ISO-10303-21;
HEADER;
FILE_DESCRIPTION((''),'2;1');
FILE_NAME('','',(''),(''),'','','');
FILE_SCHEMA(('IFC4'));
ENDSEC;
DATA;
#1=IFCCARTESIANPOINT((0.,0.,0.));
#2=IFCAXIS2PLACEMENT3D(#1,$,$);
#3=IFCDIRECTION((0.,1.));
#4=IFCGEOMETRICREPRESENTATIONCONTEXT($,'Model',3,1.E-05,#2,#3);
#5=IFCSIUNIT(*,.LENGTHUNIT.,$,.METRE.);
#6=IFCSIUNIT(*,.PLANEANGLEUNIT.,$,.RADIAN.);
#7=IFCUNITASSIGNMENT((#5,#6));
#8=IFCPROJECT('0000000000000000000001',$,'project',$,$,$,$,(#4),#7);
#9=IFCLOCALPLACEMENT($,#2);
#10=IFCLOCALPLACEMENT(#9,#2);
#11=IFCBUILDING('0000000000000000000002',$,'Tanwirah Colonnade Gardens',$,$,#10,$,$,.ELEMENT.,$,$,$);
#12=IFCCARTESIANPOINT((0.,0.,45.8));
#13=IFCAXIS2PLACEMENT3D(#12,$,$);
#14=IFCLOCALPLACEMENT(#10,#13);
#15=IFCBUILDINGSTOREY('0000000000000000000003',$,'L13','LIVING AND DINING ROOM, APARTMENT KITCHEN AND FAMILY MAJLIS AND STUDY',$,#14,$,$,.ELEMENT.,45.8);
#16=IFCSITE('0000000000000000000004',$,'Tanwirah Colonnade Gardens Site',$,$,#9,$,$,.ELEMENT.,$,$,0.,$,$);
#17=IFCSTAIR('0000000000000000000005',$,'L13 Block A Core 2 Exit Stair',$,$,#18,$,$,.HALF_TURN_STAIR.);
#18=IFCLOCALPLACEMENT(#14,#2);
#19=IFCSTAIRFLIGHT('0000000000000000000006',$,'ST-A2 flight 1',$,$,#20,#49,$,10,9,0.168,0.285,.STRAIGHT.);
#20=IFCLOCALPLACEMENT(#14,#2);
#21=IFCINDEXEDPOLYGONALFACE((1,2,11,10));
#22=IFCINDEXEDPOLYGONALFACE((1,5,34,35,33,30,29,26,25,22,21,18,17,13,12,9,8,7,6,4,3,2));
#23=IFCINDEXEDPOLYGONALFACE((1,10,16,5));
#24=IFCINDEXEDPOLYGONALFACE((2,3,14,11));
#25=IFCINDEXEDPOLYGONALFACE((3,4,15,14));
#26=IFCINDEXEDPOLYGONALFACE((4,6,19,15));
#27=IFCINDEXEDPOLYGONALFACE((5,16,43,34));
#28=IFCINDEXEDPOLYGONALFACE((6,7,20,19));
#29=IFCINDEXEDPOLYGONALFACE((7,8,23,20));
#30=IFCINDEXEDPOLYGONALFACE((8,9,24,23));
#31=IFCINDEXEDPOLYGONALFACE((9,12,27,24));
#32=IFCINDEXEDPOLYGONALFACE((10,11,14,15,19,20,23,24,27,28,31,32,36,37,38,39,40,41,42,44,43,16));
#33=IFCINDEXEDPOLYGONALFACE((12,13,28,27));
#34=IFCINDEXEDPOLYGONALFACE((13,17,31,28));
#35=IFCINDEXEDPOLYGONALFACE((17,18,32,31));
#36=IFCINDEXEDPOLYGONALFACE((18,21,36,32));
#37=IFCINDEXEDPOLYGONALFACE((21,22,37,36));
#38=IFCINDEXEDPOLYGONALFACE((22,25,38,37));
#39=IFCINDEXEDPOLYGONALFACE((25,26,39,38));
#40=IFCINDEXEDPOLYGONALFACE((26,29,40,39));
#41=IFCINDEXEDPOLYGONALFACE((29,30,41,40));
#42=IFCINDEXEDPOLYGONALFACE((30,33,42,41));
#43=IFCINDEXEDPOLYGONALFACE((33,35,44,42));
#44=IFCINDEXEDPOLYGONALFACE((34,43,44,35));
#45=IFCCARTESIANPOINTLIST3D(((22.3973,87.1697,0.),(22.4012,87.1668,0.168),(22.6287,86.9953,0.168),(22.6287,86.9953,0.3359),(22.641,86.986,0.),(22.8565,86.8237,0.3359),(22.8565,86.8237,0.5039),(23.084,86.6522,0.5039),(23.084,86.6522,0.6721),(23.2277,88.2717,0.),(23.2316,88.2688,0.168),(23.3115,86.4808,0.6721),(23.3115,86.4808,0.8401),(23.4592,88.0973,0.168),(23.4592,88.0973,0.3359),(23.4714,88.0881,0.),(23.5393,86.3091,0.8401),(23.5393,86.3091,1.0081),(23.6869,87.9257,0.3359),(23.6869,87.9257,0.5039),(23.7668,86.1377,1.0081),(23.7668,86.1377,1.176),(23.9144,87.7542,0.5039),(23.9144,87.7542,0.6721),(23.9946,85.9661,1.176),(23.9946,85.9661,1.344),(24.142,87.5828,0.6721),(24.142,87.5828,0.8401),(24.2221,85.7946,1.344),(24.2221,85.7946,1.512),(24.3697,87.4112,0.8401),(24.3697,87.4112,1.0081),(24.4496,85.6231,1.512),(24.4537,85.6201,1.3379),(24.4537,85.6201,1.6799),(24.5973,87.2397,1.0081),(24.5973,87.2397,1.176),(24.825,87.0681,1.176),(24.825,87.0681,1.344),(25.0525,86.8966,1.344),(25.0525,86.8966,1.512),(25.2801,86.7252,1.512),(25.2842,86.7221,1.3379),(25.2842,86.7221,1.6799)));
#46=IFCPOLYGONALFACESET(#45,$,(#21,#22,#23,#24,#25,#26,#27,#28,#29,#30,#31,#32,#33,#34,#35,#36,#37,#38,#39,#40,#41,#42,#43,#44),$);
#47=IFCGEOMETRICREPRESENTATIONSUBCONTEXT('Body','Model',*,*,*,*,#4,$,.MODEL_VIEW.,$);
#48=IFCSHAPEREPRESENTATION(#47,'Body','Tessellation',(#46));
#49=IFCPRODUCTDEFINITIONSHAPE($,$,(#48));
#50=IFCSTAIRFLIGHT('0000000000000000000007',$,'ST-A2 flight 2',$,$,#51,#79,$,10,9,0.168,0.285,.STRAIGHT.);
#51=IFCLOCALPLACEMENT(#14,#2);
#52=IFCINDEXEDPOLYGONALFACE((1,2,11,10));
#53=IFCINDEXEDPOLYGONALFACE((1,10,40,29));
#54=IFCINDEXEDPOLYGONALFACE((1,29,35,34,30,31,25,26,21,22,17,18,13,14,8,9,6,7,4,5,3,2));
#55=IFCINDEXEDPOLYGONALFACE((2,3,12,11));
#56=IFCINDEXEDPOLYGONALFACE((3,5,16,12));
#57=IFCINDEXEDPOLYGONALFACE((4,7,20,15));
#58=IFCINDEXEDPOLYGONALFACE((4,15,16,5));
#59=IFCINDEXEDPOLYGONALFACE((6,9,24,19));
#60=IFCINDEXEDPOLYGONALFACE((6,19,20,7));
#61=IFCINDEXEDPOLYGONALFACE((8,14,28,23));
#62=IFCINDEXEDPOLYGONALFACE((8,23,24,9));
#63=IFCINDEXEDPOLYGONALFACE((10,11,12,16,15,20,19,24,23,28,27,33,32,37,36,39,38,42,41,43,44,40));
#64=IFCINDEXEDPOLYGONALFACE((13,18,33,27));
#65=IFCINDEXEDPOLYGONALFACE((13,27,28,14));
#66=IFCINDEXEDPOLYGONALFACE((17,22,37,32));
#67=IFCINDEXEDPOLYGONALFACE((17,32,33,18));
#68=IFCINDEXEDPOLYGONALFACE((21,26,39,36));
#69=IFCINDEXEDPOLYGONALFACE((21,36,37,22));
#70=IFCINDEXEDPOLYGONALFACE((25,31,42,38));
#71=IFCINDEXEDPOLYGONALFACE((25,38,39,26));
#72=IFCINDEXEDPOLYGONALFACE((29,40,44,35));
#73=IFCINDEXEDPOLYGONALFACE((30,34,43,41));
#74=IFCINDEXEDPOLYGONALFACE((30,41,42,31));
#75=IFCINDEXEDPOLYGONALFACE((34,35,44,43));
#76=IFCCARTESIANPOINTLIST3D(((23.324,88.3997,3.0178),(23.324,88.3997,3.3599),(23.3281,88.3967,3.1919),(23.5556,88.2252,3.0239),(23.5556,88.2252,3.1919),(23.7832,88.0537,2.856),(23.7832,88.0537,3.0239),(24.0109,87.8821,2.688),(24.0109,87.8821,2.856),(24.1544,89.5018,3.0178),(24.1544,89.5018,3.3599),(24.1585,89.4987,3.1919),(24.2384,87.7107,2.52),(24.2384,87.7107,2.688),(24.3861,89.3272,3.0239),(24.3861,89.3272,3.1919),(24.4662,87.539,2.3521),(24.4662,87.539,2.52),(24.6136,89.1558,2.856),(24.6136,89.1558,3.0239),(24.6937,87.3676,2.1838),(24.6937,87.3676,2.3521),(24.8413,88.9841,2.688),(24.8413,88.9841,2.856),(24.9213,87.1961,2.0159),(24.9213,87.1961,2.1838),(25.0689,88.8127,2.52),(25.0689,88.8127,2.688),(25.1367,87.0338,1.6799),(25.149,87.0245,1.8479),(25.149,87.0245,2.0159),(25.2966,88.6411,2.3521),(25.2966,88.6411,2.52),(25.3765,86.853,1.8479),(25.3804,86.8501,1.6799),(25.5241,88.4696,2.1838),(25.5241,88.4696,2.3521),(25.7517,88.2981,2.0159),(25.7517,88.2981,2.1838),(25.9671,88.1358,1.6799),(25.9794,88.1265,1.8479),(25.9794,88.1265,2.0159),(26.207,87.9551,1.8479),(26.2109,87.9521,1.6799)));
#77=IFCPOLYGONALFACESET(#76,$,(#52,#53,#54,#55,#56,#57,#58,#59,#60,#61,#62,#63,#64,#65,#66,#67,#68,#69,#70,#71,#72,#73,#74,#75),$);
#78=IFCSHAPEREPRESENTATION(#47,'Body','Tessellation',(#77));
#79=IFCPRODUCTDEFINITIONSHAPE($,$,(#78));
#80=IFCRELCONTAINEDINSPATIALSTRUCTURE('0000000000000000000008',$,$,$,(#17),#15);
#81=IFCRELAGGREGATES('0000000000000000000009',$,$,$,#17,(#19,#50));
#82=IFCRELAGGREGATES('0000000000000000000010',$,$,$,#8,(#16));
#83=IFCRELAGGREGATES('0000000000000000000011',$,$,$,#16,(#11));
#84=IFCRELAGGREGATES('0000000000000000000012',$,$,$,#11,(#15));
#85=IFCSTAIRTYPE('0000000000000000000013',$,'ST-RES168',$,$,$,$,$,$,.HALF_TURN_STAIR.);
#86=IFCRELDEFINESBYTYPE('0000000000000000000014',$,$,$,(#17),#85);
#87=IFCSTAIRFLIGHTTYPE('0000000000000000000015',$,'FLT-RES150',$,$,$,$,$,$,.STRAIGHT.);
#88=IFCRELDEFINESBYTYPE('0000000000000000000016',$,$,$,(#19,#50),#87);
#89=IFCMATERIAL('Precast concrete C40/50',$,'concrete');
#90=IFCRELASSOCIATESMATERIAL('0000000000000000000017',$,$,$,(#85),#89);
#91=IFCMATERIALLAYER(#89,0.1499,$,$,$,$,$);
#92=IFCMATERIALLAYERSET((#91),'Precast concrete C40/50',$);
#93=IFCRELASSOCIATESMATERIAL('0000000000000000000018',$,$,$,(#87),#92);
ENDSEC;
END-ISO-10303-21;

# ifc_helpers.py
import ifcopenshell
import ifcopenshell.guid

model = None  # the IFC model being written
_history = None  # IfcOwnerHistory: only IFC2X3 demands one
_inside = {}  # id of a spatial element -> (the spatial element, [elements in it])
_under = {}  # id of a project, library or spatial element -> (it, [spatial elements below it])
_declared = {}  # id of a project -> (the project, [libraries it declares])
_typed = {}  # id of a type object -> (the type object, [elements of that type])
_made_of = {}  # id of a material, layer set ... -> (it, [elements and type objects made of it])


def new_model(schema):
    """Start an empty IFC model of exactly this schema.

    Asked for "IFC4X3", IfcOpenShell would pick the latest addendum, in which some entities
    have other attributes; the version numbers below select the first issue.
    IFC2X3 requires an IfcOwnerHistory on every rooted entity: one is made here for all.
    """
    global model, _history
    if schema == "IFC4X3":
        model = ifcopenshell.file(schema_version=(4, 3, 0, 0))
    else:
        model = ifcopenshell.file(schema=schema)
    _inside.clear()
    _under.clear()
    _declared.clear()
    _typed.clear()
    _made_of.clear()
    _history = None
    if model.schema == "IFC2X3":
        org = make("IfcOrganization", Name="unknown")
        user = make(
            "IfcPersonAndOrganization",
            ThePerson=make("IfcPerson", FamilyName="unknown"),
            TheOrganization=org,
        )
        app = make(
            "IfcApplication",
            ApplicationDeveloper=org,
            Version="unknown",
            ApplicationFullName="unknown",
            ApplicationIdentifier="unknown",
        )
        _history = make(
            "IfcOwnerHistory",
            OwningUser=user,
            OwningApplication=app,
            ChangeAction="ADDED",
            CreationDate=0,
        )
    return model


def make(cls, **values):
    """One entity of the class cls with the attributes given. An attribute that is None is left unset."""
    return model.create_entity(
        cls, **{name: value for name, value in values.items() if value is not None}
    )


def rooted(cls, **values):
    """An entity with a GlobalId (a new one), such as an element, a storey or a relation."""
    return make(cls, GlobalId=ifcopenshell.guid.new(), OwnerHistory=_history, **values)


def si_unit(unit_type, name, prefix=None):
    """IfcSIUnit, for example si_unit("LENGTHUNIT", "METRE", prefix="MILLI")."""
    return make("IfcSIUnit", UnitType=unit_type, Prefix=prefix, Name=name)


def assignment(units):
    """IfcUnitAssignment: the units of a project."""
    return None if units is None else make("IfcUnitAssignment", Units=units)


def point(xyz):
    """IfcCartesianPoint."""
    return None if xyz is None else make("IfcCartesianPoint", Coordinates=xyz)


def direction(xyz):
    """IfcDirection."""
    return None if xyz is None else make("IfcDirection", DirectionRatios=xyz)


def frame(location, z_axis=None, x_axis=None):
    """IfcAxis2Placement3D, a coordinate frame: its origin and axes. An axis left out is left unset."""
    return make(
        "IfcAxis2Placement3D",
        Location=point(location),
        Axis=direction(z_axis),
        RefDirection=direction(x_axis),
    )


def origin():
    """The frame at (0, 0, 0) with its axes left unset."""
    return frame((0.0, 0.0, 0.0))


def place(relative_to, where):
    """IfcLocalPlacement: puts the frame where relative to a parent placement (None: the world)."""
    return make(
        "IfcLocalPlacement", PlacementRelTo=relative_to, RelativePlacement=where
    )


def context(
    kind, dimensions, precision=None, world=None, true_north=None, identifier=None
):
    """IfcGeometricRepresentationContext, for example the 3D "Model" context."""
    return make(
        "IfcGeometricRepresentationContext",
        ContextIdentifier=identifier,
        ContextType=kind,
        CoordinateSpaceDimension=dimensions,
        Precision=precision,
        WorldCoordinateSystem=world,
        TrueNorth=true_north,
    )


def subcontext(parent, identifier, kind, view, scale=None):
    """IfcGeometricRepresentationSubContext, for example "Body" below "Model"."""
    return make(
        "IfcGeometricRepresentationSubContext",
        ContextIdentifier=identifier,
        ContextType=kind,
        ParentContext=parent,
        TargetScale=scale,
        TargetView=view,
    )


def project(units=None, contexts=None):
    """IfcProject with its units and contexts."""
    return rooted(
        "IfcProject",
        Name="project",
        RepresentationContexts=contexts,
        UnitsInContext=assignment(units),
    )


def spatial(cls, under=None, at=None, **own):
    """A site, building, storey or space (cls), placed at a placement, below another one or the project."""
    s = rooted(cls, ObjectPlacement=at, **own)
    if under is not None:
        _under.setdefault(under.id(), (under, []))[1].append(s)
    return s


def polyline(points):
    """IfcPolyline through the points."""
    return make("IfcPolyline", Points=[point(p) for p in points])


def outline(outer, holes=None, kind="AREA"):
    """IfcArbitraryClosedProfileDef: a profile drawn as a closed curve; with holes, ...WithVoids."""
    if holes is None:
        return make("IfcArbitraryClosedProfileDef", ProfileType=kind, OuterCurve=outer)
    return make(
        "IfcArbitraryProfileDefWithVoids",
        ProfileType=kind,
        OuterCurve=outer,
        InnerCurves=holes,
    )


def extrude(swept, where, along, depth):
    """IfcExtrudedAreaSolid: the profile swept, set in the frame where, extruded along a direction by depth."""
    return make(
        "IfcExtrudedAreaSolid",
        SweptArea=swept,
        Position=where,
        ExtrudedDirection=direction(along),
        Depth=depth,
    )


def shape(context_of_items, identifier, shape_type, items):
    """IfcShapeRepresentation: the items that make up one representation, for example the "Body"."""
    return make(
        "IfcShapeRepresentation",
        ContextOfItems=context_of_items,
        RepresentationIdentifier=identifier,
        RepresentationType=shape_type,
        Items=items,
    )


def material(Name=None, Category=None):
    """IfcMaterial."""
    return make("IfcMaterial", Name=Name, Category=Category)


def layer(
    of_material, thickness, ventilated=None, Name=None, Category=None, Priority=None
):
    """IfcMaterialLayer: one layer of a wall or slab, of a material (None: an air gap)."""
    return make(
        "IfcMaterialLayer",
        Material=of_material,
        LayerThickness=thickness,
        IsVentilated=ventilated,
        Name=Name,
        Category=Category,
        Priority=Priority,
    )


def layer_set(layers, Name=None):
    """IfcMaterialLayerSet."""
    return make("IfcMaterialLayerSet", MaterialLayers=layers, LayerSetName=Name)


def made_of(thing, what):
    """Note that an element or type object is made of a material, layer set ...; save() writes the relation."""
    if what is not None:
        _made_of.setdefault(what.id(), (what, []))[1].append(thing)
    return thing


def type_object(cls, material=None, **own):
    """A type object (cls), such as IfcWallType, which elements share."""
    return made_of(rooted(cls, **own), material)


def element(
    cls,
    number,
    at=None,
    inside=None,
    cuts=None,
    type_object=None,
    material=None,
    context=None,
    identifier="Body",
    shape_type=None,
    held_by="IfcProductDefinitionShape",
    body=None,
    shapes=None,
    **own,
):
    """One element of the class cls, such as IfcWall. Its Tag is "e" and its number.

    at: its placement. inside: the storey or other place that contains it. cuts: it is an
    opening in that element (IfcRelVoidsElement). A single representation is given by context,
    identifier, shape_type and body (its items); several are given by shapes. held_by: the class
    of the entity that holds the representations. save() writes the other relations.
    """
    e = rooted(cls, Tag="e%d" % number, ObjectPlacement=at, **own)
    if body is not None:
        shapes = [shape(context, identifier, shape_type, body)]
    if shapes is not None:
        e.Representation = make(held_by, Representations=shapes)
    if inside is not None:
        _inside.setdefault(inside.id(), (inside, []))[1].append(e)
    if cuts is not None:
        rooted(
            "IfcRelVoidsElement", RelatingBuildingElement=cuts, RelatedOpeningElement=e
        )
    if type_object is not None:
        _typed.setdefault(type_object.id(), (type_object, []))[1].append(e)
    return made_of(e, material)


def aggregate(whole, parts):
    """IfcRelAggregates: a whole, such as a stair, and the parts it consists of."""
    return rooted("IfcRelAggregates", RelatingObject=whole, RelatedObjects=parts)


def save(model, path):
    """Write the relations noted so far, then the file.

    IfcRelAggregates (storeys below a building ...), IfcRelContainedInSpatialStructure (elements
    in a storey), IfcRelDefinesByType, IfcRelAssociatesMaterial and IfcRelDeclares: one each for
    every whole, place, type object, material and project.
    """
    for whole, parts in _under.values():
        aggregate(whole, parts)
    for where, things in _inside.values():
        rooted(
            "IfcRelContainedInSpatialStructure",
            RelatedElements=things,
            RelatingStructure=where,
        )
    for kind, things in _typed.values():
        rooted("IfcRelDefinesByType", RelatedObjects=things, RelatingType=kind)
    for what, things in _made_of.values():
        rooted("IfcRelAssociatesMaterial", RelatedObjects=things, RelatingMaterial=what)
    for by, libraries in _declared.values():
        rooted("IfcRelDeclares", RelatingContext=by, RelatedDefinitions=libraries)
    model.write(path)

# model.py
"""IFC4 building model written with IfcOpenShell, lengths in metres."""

from ifc_helpers import new_model, si_unit, direction, frame, origin, place, context, subcontext, project, spatial, polyline, outline, extrude, material, layer, layer_set, type_object, element, aggregate, save


model = new_model("IFC4")

# Units and contexts
model_context = context("Model", 3, precision=1e-05, world=origin(), true_north=direction((0.0, 1.0)))
body_context = subcontext(model_context, "Body", "Model", "MODEL_VIEW")
ifc_project = project(units=[si_unit("LENGTHUNIT", "METRE"), si_unit("PLANEANGLEUNIT", "RADIAN")], contexts=[model_context])

# Site, building, storey
site_placement = place(None, origin())
site = spatial("IfcSite", under=ifc_project, at=site_placement, Name="Tanwirah Colonnade Gardens Site", CompositionType="ELEMENT", RefElevation=0.0)
building_placement = place(site_placement, origin())
building = spatial("IfcBuilding", under=site, at=building_placement, Name="Tanwirah Colonnade Gardens", CompositionType="ELEMENT")
storey_placement = place(building_placement, frame((0.0, 0.0, 45.8)))
storey = spatial("IfcBuildingStorey", under=building, at=storey_placement, Name="L13", Description="LIVING AND DINING ROOM, APARTMENT KITCHEN AND FAMILY MAJLIS AND STUDY", CompositionType="ELEMENT", Elevation=45.8)

# Shared definitions
ifc_material_1 = material(Name="Precast concrete C40/50", Category="concrete")

# Stair, stair flights
stair_type = type_object("IfcStairType", Name="ST-RES168", PredefinedType="HALF_TURN_STAIR", material=ifc_material_1)
stair_placement = place(storey_placement, origin())
stair = element("IfcStair", 1, at=stair_placement, inside=storey, type_object=stair_type, Name="L13 Block A Core 2 Exit Stair", PredefinedType="HALF_TURN_STAIR")
ifc_layer_1 = layer(ifc_material_1, 0.1499)
ifc_layer_set_1 = layer_set([ifc_layer_1], Name="Precast concrete C40/50")
stair_flight_type = type_object("IfcStairFlightType", Name="FLT-RES150", PredefinedType="STRAIGHT", material=ifc_layer_set_1)
stair_flight_1_placement = place(storey_placement, frame((22.8164, 87.7178, 0.0), z_axis=(0.0, 0.0, 1.0), x_axis=(0.798636, -0.601815, 0.0)))
stair_flight_1 = element("IfcStairFlight", 2, at=stair_flight_1_placement, type_object=stair_flight_type, Name="ST-A2 flight 1", NumberOfRisers=10, NumberOfTreads=9, PredefinedType="STRAIGHT", RiserHeight=0.168, TreadLength=0.285, context=body_context, shape_type="SweptSolid", body=[
    extrude(outline(polyline([(-0.0049, 0.0), (0.0, 0.168), (0.2849, 0.168), (0.2849, 0.3359), (0.5701, 0.3359), (0.5701, 0.5039), (0.855, 0.5039), (0.855, 0.6721), (1.1399, 0.6721), (1.1399, 0.8401), (1.425, 0.8401), (1.425, 1.0081), (1.71, 1.0081), (1.71, 1.176), (1.9951, 1.176), (1.9951, 1.344), (2.28, 1.344), (2.28, 1.512), (2.5649, 1.512), (2.5701, 1.6799), (2.5701, 1.3379), (0.3003, 0.0), (-0.0049, 0.0)])), frame((0.0, 0.6899, 0.0), z_axis=(0.0, -1.0, 0.0), x_axis=(1.0, 0.0, 0.0)), (0.0, 0.0, 1.0), 1.3799),
])
stair_flight_2_placement = place(storey_placement, frame((25.7917, 87.4041, 1.6799), z_axis=(0.0, 0.0, 1.0), x_axis=(-0.798636, 0.601815, 0.0)))
stair_flight_2 = element("IfcStairFlight", 3, at=stair_flight_2_placement, type_object=stair_flight_type, Name="ST-A2 flight 2", NumberOfRisers=10, NumberOfTreads=9, PredefinedType="STRAIGHT", RiserHeight=0.168, TreadLength=0.285, context=body_context, shape_type="SweptSolid", body=[
    extrude(outline(polyline([(-0.0049, 0.0), (0.0, 0.168), (0.2849, 0.168), (0.2849, 0.3359), (0.5701, 0.3359), (0.5701, 0.5039), (0.855, 0.5039), (0.855, 0.6721), (1.1399, 0.6721), (1.1399, 0.8401), (1.425, 0.8401), (1.425, 1.0081), (1.71, 1.0081), (1.71, 1.176), (1.9951, 1.176), (1.9951, 1.344), (2.28, 1.344), (2.28, 1.512), (2.5649, 1.512), (2.5701, 1.6799), (2.5701, 1.3379), (0.3003, 0.0), (-0.0049, 0.0)])), frame((0.0, 0.6899, 0.0), z_axis=(0.0, -1.0, 0.0), x_axis=(1.0, 0.0, 0.0)), (0.0, 0.0, 1.0), 1.3799),
])
aggregate(stair, [stair_flight_1, stair_flight_2])

save(model, "model.ifc")
